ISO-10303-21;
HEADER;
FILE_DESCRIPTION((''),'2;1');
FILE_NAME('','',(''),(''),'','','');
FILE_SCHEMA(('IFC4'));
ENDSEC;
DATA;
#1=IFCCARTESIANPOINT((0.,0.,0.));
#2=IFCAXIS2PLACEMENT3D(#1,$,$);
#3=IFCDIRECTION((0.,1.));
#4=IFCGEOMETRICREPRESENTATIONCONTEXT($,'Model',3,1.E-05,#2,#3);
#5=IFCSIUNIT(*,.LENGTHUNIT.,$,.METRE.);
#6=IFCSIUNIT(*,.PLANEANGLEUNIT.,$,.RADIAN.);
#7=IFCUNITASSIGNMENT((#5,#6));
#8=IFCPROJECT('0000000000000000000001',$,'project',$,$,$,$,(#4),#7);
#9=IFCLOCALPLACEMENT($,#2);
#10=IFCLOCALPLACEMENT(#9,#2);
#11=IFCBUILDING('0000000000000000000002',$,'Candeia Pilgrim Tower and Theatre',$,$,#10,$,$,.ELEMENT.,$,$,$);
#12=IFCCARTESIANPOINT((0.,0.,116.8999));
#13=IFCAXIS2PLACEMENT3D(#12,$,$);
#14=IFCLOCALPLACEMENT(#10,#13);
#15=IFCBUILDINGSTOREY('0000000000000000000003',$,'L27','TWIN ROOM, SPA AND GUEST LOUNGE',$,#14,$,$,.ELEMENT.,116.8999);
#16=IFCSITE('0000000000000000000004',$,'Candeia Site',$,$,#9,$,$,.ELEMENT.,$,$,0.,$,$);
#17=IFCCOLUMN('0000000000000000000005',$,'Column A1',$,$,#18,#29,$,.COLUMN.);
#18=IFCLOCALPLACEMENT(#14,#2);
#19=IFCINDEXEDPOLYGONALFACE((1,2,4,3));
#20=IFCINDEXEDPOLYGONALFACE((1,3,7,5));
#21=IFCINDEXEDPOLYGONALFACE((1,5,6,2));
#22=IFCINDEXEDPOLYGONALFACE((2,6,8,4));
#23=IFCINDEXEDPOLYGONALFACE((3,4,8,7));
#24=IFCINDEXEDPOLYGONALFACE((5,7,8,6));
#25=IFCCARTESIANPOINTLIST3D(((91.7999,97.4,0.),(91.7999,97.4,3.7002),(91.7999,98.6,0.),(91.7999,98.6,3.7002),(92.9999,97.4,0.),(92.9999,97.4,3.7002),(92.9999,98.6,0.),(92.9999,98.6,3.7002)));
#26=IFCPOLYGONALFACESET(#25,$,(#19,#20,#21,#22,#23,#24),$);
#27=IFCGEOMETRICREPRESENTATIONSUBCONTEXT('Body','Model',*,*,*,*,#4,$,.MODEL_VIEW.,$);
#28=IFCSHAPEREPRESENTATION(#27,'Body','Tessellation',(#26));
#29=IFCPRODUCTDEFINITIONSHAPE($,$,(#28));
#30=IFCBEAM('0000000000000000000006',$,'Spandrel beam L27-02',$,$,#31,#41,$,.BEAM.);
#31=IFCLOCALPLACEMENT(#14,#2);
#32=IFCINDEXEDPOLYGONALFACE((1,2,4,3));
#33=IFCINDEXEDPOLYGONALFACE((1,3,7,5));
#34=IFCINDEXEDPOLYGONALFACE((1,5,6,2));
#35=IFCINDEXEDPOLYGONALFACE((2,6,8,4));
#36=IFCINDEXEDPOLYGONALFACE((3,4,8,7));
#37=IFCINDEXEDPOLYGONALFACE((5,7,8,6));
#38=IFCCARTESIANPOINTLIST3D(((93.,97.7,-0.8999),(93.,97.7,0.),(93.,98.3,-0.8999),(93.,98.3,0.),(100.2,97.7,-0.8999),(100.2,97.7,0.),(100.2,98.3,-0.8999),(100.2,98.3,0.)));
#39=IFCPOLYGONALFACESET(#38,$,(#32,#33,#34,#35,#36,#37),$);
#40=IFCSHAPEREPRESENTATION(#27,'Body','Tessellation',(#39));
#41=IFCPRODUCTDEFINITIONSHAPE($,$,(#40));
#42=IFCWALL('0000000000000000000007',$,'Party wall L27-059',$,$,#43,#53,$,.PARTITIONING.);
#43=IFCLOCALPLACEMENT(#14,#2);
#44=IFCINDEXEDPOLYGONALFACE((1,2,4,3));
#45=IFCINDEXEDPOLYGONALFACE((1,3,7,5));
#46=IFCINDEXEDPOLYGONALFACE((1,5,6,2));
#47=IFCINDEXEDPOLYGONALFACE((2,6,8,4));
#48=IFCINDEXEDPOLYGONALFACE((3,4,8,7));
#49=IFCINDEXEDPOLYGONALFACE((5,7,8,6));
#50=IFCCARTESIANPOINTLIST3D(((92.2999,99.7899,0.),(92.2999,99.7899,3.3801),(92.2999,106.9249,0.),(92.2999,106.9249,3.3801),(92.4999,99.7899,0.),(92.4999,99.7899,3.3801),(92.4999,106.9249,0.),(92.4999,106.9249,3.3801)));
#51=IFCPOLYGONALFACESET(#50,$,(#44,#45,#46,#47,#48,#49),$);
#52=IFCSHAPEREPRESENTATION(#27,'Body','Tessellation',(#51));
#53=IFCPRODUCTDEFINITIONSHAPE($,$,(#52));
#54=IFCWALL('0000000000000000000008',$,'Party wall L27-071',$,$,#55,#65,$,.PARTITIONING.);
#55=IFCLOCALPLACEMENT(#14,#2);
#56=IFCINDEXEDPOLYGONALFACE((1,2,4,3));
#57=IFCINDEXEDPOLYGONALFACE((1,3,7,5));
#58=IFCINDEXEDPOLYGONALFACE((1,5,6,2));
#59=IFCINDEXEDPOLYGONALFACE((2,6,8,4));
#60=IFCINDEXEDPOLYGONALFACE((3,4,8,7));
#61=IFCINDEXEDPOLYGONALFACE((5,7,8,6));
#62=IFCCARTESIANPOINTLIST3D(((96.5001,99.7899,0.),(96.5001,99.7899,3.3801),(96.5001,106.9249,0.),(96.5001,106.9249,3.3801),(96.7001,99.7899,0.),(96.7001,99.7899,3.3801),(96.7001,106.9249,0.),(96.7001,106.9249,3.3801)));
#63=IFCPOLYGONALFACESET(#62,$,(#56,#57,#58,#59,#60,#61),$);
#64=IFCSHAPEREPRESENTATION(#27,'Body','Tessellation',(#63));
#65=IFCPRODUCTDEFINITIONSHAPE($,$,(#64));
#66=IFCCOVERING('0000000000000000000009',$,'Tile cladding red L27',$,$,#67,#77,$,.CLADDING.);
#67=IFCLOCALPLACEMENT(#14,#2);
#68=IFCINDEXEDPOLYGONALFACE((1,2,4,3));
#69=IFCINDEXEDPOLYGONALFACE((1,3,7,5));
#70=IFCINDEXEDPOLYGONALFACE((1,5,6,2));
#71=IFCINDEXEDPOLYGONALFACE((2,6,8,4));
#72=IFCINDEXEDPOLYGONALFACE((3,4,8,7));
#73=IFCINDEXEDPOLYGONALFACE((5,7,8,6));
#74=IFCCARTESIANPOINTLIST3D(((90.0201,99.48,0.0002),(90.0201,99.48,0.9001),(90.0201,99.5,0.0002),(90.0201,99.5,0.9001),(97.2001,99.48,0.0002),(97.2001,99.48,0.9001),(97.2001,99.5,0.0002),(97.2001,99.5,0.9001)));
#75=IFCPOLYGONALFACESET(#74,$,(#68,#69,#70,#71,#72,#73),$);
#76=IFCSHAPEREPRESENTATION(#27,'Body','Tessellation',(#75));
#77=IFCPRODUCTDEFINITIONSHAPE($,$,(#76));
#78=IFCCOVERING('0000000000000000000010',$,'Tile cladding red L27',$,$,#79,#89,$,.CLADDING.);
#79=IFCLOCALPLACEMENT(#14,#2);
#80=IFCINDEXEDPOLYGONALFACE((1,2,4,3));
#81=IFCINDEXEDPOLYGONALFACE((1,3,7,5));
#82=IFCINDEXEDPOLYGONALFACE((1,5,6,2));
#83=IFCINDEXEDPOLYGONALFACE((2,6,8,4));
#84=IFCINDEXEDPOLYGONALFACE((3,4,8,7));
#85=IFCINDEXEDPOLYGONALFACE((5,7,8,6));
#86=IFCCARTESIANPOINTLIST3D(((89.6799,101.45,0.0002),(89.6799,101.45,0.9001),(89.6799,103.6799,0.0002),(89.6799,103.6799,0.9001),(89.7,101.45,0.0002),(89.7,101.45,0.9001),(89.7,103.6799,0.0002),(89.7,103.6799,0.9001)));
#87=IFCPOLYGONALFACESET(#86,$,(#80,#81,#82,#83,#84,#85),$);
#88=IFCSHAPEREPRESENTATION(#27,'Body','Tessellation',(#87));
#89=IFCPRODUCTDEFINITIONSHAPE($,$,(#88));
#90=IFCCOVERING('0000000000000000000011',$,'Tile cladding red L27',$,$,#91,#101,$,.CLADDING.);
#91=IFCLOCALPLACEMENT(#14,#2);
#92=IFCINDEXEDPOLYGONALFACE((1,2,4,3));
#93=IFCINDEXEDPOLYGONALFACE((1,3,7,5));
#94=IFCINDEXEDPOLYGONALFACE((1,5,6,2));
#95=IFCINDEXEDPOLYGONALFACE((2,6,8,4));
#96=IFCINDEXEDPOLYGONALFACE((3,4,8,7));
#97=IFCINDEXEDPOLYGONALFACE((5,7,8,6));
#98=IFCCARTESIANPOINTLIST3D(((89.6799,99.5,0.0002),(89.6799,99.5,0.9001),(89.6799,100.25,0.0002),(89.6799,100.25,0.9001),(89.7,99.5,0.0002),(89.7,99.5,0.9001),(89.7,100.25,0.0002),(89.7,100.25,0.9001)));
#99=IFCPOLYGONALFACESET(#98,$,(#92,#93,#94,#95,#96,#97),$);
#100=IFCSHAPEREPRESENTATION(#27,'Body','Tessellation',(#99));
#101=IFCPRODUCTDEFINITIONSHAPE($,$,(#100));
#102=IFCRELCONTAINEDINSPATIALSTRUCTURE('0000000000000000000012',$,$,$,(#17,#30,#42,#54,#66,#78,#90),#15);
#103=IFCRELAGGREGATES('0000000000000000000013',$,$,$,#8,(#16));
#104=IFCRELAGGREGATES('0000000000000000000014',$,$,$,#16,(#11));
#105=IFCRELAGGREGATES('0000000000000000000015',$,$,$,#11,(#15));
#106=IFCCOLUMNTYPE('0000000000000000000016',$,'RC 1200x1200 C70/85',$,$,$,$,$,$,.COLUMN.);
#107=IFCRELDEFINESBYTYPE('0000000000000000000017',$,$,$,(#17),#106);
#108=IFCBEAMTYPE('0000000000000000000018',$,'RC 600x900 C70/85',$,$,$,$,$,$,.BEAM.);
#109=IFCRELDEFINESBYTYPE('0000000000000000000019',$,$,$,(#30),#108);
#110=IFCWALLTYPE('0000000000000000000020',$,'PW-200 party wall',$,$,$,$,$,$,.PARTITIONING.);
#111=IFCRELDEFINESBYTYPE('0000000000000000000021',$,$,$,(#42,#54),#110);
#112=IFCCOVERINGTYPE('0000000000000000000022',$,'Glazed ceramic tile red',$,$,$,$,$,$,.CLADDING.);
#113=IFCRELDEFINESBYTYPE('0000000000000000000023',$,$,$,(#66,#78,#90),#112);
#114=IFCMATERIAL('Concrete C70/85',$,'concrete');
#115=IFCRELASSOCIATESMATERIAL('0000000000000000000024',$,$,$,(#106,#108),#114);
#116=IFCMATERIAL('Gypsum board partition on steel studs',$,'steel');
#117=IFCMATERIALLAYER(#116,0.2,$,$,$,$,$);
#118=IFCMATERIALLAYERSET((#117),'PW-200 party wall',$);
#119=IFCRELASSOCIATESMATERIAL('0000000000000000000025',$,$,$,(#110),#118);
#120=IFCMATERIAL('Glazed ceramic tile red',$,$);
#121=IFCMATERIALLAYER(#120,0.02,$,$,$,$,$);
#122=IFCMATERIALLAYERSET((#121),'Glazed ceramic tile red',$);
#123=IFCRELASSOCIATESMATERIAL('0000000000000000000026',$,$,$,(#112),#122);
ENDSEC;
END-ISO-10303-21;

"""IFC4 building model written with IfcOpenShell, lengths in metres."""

from ifc_helpers import new_model, si_unit, direction, frame, frame_2d, origin, origin_2d, place, context, subcontext, project, spatial, rectangle, extrude, material, layer, layer_set, material_profile, profile_set, type_object, element, save


model = new_model("IFC4")

# Units and contexts
model_context = context("Model", 3, precision=1e-05, world=origin(), true_north=direction((0.0, 1.0)))
body_context = subcontext(model_context, "Body", "Model", "MODEL_VIEW")
ifc_project = project(units=[si_unit("LENGTHUNIT", "METRE"), si_unit("PLANEANGLEUNIT", "RADIAN")], contexts=[model_context])

# Site, building, storey
site_placement = place(None, origin())
site = spatial("IfcSite", under=ifc_project, at=site_placement, Name="Candeia Site", CompositionType="ELEMENT", RefElevation=0.0)
building_placement = place(site_placement, origin())
building = spatial("IfcBuilding", under=site, at=building_placement, Name="Candeia Pilgrim Tower and Theatre", CompositionType="ELEMENT")
storey_placement = place(building_placement, frame((0.0, 0.0, 116.8999)))
storey = spatial("IfcBuildingStorey", under=building, at=storey_placement, Name="L27", Description="TWIN ROOM, SPA AND GUEST LOUNGE", CompositionType="ELEMENT", Elevation=116.8999)

# Column
ifc_material_1 = material(Name="Concrete C70/85", Category="concrete")
ifc_material_profile_1 = material_profile(ifc_material_1, rectangle(XDim=1.2, YDim=1.2, at=origin_2d()))
ifc_profile_set_1 = profile_set([ifc_material_profile_1], Name="Concrete C70/85")
column_type = type_object("IfcColumnType", Name="RC 1200x1200 C70/85", PredefinedType="COLUMN", material=ifc_profile_set_1)
column_placement = place(storey_placement, frame((92.3999, 98.0, 0.0), z_axis=(0.0, 0.0, 1.0), x_axis=(1.0, 0.0, 0.0)))
element("IfcColumn", 1, at=column_placement, inside=storey, type_object=column_type, Name="Column A1", PredefinedType="COLUMN", context=body_context, shape_type="SweptSolid", body=[
    extrude(rectangle(XDim=1.2, YDim=1.2, at=origin_2d()), origin(), (0.0, 0.0, 1.0), 3.7002),
])

# Beam
ifc_material_profile_2 = material_profile(ifc_material_1, rectangle(XDim=0.6001, YDim=0.8999, at=origin_2d()))
ifc_profile_set_2 = profile_set([ifc_material_profile_2], Name="Concrete C70/85")
beam_type = type_object("IfcBeamType", Name="RC 600x900 C70/85", PredefinedType="BEAM", material=ifc_profile_set_2)
beam_placement = place(storey_placement, frame((93.0, 98.0, -0.45), z_axis=(1.0, 0.0, 0.0), x_axis=(0.0, 1.0, 0.0)))
element("IfcBeam", 2, at=beam_placement, inside=storey, type_object=beam_type, Name="Spandrel beam L27-02", PredefinedType="BEAM", context=body_context, shape_type="SweptSolid", body=[
    extrude(rectangle(XDim=0.6001, YDim=0.8999, at=origin_2d()), origin(), (0.0, 0.0, 1.0), 7.2),
])

# Walls
ifc_material_2 = material(Name="Gypsum board partition on steel studs", Category="steel")
ifc_layer_1 = layer(ifc_material_2, 0.2)
ifc_layer_set_1 = layer_set([ifc_layer_1], Name="PW-200 party wall")
wall_type_1 = type_object("IfcWallType", Name="PW-200 party wall", PredefinedType="PARTITIONING", material=ifc_layer_set_1)
for number, where, z_axis, x_axis, name in (
    (3, (92.3999, 99.79, 0.0), (0.0, 0.0, 1.0), (0.0, 1.0, 0.0), "Party wall L27-059"),
    (4, (96.6001, 99.79, 0.0), (0.0, 0.0, 1.0), (0.0, 1.0, 0.0), "Party wall L27-071"),
):
    element("IfcWall", number, at=place(storey_placement, frame(where, z_axis=z_axis, x_axis=x_axis)), inside=storey, type_object=wall_type_1, Name=name, PredefinedType="PARTITIONING", context=body_context, shape_type="SweptSolid", body=[
        extrude(rectangle(XDim=7.135, YDim=0.2, at=frame_2d((3.5674, 0.0))), origin(), (0.0, 0.0, 1.0), 3.3801),
    ])

# Coverings
ifc_material_3 = material(Name="Glazed ceramic tile red")
ifc_layer_2 = layer(ifc_material_3, 0.02)
ifc_layer_set_2 = layer_set([ifc_layer_2], Name="Glazed ceramic tile red")
covering_type = type_object("IfcCoveringType", Name="Glazed ceramic tile red", PredefinedType="CLADDING", material=ifc_layer_set_2)
covering_1_placement = place(storey_placement, frame((93.6101, 99.49, 0.0002), z_axis=(0.0, 0.0, 1.0), x_axis=(1.0, 0.0, 0.0)))
element("IfcCovering", 5, at=covering_1_placement, inside=storey, type_object=covering_type, Name="Tile cladding red L27", PredefinedType="CLADDING", context=body_context, shape_type="SweptSolid", body=[
    extrude(rectangle(XDim=7.1799, YDim=0.02, at=origin_2d()), origin(), (0.0, 0.0, 1.0), 0.8999),
])
covering_2_placement = place(storey_placement, frame((89.6899, 102.5649, 0.0002), z_axis=(0.0, 0.0, 1.0), x_axis=(0.0, -1.0, 0.0)))
element("IfcCovering", 6, at=covering_2_placement, inside=storey, type_object=covering_type, Name="Tile cladding red L27", PredefinedType="CLADDING", context=body_context, shape_type="SweptSolid", body=[
    extrude(rectangle(XDim=2.23, YDim=0.02, at=origin_2d()), origin(), (0.0, 0.0, 1.0), 0.8999),
])
covering_3_placement = place(storey_placement, frame((89.6899, 99.875, 0.0002), z_axis=(0.0, 0.0, 1.0), x_axis=(0.0, -1.0, 0.0)))
element("IfcCovering", 7, at=covering_3_placement, inside=storey, type_object=covering_type, Name="Tile cladding red L27", PredefinedType="CLADDING", context=body_context, shape_type="SweptSolid", body=[
    extrude(rectangle(XDim=0.75, YDim=0.02, at=origin_2d()), origin(), (0.0, 0.0, 1.0), 0.8999),
])

save(model, "model.ifc")
